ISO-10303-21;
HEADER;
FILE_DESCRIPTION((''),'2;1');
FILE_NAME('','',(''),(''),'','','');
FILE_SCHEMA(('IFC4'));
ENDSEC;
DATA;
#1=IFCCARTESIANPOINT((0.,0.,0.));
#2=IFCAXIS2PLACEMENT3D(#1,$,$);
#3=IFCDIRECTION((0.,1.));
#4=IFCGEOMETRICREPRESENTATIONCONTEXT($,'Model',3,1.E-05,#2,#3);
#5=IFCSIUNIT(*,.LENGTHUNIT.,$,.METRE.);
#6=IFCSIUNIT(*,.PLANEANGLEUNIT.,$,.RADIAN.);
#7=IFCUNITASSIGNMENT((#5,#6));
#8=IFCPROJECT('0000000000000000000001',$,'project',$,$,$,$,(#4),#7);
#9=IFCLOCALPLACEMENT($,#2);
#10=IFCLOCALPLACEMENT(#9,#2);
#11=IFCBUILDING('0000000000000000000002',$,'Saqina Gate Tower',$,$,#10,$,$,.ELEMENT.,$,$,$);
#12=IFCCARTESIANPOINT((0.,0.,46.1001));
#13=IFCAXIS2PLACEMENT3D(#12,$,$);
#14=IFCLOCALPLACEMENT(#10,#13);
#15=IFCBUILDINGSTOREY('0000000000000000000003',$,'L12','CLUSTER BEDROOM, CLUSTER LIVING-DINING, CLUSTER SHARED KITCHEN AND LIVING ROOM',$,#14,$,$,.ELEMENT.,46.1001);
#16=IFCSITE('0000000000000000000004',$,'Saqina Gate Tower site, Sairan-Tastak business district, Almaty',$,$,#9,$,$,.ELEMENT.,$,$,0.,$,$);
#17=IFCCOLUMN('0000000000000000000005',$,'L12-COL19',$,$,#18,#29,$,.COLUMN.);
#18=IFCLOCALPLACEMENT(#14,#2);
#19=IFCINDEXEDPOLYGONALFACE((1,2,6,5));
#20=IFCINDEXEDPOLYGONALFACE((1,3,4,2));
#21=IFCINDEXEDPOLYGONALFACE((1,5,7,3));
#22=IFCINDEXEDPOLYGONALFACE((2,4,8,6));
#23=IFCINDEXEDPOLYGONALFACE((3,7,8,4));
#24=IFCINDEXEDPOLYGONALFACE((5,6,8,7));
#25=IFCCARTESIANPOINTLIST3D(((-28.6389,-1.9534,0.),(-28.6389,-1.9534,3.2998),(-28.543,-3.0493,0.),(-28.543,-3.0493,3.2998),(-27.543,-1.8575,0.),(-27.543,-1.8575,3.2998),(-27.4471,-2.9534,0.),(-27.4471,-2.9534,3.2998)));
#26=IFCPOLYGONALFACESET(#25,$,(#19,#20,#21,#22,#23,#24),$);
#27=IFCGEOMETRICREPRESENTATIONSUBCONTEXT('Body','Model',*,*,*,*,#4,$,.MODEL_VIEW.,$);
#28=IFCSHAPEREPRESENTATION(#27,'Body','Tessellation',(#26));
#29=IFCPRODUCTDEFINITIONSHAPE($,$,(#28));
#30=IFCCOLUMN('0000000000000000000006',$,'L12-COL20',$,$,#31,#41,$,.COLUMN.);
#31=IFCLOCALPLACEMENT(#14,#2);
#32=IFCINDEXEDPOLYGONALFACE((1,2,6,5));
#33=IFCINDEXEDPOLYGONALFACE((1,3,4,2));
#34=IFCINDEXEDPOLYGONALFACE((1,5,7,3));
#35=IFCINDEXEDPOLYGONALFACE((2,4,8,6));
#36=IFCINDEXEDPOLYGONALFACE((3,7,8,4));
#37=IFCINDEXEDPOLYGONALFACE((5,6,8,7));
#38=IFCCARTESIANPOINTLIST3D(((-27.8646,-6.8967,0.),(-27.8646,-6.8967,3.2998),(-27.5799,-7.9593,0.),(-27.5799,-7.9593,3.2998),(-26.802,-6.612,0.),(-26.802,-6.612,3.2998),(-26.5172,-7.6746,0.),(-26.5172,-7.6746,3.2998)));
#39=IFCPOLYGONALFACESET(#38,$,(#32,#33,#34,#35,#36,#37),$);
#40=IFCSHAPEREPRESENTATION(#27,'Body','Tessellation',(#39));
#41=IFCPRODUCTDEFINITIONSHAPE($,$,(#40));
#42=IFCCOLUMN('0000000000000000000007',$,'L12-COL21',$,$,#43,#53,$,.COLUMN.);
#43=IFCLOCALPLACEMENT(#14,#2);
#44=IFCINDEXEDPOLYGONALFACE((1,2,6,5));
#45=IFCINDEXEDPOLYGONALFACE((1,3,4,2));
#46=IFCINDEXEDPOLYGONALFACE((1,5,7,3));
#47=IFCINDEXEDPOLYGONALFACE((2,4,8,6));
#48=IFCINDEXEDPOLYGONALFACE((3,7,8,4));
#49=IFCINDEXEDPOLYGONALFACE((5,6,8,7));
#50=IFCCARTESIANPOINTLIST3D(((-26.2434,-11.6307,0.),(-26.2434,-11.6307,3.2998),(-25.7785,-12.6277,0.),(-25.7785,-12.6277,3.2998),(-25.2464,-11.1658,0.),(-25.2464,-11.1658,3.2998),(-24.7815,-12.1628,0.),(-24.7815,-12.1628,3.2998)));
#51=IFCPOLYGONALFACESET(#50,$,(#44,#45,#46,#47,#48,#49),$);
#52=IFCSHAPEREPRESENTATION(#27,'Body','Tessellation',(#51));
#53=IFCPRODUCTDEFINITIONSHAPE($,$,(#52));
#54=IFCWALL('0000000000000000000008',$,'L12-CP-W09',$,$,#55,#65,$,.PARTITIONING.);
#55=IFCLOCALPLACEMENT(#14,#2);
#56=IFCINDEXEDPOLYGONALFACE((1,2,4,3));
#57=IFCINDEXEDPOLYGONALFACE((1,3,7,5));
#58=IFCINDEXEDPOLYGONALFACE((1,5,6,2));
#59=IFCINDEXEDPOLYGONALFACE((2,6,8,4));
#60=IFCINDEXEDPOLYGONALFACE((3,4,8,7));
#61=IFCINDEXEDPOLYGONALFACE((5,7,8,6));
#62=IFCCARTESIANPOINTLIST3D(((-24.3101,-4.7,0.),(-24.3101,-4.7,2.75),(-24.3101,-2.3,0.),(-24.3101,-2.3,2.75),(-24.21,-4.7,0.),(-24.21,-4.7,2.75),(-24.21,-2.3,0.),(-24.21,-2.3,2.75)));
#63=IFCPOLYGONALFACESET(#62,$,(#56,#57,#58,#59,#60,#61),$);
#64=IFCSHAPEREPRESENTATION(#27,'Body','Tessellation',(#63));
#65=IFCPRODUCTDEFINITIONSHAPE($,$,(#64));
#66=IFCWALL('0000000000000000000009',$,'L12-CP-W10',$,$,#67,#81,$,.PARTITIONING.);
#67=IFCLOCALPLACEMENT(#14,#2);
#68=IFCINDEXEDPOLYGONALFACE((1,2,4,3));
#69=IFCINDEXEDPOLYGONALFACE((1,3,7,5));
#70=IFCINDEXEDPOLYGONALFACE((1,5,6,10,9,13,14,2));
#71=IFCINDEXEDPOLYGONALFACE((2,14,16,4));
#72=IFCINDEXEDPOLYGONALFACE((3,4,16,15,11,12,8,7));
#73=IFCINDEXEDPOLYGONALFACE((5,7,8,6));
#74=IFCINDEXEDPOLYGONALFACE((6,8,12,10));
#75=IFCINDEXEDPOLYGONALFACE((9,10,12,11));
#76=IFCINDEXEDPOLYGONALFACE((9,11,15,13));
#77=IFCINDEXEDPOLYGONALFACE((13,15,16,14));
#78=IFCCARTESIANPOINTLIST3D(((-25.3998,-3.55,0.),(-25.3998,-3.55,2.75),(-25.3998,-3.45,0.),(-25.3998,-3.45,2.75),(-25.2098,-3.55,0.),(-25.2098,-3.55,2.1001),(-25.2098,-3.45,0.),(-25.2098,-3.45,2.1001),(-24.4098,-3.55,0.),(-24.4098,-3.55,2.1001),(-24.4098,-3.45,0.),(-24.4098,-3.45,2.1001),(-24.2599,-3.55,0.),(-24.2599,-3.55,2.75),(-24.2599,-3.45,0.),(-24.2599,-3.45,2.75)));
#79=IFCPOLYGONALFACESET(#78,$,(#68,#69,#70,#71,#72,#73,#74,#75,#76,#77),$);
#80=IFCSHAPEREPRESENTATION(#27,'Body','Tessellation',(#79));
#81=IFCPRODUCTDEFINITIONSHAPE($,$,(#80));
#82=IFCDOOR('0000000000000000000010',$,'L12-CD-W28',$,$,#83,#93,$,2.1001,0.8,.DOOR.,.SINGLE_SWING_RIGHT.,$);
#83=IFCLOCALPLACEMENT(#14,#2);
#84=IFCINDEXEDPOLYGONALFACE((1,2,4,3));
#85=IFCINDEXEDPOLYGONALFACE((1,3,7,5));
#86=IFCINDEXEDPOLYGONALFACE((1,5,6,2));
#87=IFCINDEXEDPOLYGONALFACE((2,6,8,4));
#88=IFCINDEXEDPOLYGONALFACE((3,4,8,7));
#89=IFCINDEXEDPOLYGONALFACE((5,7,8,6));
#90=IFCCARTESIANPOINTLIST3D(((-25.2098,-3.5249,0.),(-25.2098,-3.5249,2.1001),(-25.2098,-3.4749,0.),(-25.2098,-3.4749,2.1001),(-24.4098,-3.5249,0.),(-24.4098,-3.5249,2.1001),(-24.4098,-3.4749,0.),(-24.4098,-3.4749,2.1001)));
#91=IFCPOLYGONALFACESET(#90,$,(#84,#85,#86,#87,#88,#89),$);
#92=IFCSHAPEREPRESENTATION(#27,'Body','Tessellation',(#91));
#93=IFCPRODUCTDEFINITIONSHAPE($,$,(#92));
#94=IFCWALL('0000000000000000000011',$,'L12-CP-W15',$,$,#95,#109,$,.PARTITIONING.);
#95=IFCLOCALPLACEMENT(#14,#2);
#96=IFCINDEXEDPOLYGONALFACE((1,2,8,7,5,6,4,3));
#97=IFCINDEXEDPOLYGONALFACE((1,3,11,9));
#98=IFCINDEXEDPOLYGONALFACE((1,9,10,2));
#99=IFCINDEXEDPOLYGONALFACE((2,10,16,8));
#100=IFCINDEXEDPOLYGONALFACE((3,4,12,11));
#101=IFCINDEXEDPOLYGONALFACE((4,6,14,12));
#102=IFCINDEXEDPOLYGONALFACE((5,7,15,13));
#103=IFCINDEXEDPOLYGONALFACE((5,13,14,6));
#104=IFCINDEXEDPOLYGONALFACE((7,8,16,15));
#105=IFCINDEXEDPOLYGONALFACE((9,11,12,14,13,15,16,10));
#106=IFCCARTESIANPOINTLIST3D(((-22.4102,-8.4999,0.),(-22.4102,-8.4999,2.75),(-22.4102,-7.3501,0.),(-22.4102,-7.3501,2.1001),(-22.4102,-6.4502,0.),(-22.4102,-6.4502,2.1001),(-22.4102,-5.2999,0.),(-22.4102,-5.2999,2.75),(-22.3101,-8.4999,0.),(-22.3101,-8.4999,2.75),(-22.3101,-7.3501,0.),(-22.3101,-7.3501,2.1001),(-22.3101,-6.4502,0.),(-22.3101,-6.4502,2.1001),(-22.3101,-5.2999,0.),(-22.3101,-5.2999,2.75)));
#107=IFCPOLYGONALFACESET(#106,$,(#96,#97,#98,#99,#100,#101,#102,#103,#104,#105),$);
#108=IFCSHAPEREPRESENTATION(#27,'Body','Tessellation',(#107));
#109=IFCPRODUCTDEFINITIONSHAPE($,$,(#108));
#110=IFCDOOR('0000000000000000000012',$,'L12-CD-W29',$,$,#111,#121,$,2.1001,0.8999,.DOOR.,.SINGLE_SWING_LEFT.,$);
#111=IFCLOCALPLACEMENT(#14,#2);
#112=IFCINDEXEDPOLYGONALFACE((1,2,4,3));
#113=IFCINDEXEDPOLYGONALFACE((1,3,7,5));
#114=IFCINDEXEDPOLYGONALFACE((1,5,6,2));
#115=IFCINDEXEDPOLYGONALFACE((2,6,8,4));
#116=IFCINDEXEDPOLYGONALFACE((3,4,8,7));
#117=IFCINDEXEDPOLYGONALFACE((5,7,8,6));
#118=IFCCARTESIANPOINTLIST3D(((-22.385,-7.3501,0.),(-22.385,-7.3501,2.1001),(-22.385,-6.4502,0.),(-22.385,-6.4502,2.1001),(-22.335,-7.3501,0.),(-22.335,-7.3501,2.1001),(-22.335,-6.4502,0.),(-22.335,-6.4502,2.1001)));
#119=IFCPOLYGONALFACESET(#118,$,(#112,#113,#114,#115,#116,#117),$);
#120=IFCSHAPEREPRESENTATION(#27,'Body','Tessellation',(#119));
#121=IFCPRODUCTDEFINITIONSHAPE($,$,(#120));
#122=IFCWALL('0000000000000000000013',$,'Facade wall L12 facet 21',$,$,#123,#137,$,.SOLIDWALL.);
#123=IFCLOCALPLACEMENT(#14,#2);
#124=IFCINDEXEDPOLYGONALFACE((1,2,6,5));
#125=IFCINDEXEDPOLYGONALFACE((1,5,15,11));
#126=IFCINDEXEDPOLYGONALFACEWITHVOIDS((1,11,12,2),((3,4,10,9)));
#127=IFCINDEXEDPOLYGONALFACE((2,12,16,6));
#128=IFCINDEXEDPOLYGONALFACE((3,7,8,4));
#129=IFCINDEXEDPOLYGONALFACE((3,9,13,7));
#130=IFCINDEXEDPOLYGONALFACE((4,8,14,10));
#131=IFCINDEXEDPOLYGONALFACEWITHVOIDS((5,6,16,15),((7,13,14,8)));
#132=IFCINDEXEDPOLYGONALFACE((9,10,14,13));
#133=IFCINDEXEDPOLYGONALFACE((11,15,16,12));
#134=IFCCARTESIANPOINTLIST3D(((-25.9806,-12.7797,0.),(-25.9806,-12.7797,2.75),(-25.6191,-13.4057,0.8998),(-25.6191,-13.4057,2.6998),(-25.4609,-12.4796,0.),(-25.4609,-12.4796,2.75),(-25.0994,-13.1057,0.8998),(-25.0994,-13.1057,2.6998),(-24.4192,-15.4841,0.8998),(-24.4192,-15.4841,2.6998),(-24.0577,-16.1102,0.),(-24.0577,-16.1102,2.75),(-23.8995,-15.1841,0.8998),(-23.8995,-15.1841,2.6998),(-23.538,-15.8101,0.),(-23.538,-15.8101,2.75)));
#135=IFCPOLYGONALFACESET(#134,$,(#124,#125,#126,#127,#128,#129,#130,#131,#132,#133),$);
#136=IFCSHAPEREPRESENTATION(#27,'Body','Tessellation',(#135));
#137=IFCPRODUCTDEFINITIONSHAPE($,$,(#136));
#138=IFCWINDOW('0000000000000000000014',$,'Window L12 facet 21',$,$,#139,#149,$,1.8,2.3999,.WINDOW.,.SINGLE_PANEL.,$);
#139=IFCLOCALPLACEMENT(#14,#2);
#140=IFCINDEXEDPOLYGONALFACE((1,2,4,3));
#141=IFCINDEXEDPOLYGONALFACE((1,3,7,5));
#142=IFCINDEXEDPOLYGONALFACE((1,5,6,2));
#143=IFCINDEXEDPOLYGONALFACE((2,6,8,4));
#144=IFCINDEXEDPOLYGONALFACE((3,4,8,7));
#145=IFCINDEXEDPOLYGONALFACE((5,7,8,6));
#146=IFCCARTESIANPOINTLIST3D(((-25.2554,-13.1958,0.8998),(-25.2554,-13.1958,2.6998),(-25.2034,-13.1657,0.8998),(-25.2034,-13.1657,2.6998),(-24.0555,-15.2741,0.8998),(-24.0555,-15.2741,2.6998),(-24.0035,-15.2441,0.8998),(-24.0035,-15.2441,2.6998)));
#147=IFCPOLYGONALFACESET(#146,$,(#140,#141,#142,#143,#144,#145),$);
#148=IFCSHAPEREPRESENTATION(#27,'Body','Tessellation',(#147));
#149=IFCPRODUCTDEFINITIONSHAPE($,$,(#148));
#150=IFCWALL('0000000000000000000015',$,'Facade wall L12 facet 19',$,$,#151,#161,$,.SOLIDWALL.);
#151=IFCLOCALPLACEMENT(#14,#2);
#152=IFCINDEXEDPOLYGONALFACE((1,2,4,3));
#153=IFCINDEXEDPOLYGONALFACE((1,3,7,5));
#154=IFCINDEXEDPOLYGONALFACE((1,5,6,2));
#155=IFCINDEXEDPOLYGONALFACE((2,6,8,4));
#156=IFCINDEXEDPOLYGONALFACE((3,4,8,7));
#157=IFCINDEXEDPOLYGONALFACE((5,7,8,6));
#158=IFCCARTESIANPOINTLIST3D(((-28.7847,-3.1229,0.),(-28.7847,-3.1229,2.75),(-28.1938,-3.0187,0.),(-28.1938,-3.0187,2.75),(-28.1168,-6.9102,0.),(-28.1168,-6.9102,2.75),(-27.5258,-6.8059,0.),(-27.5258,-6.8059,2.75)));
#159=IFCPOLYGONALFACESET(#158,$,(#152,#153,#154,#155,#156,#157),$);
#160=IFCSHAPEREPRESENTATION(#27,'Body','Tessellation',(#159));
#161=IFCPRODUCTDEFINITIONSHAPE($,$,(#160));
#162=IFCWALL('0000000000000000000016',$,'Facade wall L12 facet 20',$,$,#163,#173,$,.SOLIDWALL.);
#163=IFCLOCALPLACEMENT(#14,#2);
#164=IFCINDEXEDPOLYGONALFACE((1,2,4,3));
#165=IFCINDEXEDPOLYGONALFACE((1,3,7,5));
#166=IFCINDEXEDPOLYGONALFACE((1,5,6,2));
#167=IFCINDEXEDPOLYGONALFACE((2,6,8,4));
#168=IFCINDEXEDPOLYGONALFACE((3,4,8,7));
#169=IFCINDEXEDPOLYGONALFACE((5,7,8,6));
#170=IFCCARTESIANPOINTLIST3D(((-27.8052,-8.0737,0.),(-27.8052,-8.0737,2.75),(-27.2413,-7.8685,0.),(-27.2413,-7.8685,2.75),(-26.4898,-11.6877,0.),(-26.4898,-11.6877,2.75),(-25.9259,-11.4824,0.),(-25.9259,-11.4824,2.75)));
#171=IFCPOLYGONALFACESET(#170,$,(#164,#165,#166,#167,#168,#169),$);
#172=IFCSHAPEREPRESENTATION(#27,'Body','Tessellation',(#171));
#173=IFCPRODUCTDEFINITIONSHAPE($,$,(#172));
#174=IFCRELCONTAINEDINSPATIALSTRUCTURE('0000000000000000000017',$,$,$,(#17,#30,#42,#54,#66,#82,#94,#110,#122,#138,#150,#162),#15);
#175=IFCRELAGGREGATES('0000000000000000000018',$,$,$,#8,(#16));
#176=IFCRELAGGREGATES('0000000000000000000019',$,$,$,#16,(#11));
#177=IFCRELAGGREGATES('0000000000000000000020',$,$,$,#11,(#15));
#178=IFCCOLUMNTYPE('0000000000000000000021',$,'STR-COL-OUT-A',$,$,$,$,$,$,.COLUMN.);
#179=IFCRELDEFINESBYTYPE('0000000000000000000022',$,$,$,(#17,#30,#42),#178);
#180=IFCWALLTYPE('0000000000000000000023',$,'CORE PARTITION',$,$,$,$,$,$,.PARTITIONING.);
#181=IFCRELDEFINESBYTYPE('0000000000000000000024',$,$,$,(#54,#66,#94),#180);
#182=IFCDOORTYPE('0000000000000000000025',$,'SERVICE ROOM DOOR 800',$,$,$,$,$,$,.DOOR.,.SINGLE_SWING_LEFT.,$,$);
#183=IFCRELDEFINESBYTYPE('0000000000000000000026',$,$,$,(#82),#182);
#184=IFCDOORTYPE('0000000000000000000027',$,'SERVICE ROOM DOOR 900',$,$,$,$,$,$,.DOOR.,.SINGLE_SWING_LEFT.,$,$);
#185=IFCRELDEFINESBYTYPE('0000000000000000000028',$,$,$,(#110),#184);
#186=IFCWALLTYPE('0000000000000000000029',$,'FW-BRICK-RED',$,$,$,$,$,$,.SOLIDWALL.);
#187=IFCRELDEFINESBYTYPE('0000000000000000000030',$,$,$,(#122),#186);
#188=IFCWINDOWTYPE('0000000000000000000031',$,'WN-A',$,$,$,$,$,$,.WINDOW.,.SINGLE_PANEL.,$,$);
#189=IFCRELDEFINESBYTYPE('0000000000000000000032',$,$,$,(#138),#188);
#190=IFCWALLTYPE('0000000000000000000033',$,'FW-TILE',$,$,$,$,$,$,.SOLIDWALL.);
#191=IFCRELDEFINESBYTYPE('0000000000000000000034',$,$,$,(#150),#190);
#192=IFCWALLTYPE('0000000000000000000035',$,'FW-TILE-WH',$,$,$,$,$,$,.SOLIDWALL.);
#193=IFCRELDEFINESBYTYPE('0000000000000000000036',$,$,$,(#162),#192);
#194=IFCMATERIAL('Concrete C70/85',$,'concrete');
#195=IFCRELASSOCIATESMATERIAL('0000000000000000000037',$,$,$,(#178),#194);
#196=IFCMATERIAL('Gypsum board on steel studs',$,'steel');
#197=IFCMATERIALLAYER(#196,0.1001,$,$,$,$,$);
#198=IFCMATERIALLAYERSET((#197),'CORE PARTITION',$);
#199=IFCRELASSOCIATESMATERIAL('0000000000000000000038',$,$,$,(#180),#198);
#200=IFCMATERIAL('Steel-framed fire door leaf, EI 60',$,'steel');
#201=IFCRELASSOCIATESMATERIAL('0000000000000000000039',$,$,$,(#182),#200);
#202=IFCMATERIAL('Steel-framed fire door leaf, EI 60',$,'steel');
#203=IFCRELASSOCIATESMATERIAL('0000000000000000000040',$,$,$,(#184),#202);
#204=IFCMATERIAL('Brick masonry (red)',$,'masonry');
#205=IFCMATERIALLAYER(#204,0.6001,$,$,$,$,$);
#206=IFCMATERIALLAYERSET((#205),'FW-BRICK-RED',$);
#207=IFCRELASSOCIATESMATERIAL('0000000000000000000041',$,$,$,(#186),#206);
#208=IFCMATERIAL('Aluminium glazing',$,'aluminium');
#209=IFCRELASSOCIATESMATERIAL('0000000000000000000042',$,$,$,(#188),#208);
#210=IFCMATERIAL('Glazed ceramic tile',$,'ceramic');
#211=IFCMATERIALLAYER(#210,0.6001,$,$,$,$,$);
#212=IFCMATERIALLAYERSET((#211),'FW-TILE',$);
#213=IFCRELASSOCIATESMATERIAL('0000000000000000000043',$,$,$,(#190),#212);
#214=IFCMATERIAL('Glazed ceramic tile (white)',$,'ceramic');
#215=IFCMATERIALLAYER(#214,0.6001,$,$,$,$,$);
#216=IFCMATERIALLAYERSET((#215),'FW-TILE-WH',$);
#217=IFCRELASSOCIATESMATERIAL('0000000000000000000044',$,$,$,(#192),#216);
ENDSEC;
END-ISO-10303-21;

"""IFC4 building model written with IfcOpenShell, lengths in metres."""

from ifc_helpers import new_model, si_unit, direction, frame, frame_2d, origin, origin_2d, place, context, subcontext, project, spatial, rectangle, extrude, material, layer, layer_set, material_profile, profile_set, type_object, element, fill, save


model = new_model("IFC4")

# Units and contexts
model_context = context("Model", 3, precision=1e-05, world=origin(), true_north=direction((0.0, 1.0)))
body_context = subcontext(model_context, "Body", "Model", "MODEL_VIEW")
ifc_project = project(units=[si_unit("LENGTHUNIT", "METRE"), si_unit("PLANEANGLEUNIT", "RADIAN")], contexts=[model_context])

# Site, building, storey
site_placement = place(None, origin())
site = spatial("IfcSite", under=ifc_project, at=site_placement, Name="Saqina Gate Tower site, Sairan-Tastak business district, Almaty", CompositionType="ELEMENT", RefElevation=0.0)
building_placement = place(site_placement, origin())
building = spatial("IfcBuilding", under=site, at=building_placement, Name="Saqina Gate Tower", CompositionType="ELEMENT")
storey_placement = place(building_placement, frame((0.0, 0.0, 46.1001)))
storey = spatial("IfcBuildingStorey", under=building, at=storey_placement, Name="L12", Description="CLUSTER BEDROOM, CLUSTER LIVING-DINING, CLUSTER SHARED KITCHEN AND LIVING ROOM", CompositionType="ELEMENT", Elevation=46.1001)

# Columns
ifc_material_1 = material(Name="Concrete C70/85", Category="concrete")
ifc_material_profile = material_profile(ifc_material_1, rectangle(XDim=1.1001, YDim=1.1001, at=origin_2d()), Name="RC 1100x1100")
ifc_profile_set = profile_set([ifc_material_profile], Name="Concrete C70/85")
column_type = type_object("IfcColumnType", Name="STR-COL-OUT-A", PredefinedType="COLUMN", material=ifc_profile_set)
for number, where, z_axis, x_axis, name in (
    (1, (-28.043, -2.4534, 0.0), (0.0, 0.0, 1.0), (-0.996195, -0.087156, 0.0), "L12-COL19"),
    (2, (-27.1909, -7.2856, 0.0), (0.0, 0.0, 1.0), (-0.965926, -0.258819, 0.0), "L12-COL20"),
    (3, (-25.5125, -11.8967, 0.0), (0.0, 0.0, 1.0), (-0.906308, -0.422618, 0.0), "L12-COL21"),
):
    element("IfcColumn", number, at=place(storey_placement, frame(where, z_axis=z_axis, x_axis=x_axis)), inside=storey, type_object=column_type, Name=name, PredefinedType="COLUMN", context=body_context, shape_type="SweptSolid", body=[
        extrude(rectangle(XDim=1.1001, YDim=1.1001, at=origin_2d()), origin(), (0.0, 0.0, 1.0), 3.2998),
    ])

# Wall
ifc_material_2 = material(Name="Gypsum board on steel studs", Category="steel")
ifc_layer_1 = layer(ifc_material_2, 0.1001)
ifc_layer_set_1 = layer_set([ifc_layer_1], Name="CORE PARTITION")
wall_type_1 = type_object("IfcWallType", Name="CORE PARTITION", PredefinedType="PARTITIONING", material=ifc_layer_set_1)
wall_1_placement = place(storey_placement, frame((-24.26, -4.7, 0.0), z_axis=(0.0, 0.0, 1.0), x_axis=(0.0, 1.0, 0.0)))
element("IfcWall", 4, at=wall_1_placement, inside=storey, type_object=wall_type_1, Name="L12-CP-W09", PredefinedType="PARTITIONING", context=body_context, shape_type="SweptSolid", body=[
    extrude(rectangle(XDim=2.3999, YDim=0.1001, at=frame_2d((1.2, 0.0))), origin(), (0.0, 0.0, 1.0), 2.75),
])

# Walls, openings, doors
wall_2_placement = place(storey_placement, frame((-24.26, -3.5, 0.0), z_axis=(0.0, 0.0, 1.0), x_axis=(-1.0, 0.0, 0.0)))
wall_2 = element("IfcWall", 5, at=wall_2_placement, inside=storey, type_object=wall_type_1, Name="L12-CP-W10", PredefinedType="PARTITIONING", context=body_context, shape_type="SweptSolid", body=[
    extrude(rectangle(XDim=1.1399, YDim=0.1001, at=frame_2d((0.5698, 0.0))), origin(), (0.0, 0.0, 1.0), 2.75),
])
opening_1_placement = place(wall_2_placement, frame((0.1499, 0.0, 0.0)))
opening_1 = element("IfcOpeningElement", 6, at=opening_1_placement, cuts=wall_2, PredefinedType="OPENING", context=body_context, shape_type="SweptSolid", body=[
    extrude(rectangle(XDim=0.8, YDim=2.1001, at=frame_2d((0.3999, 1.05))), frame((0.0, 0.062, 0.0), z_axis=(0.0, -1.0, 0.0), x_axis=(1.0, 0.0, 0.0)), (0.0, 0.0, 1.0), 0.124),
])
ifc_material_3 = material(Name="Steel-framed fire door leaf, EI 60", Category="steel")
door_type_1 = type_object("IfcDoorType", Name="SERVICE ROOM DOOR 800", OperationType="SINGLE_SWING_LEFT", PredefinedType="DOOR", material=ifc_material_3)
door_1_placement = place(opening_1_placement, origin())
door_1 = element("IfcDoor", 7, at=door_1_placement, inside=storey, type_object=door_type_1, Name="L12-CD-W28", OperationType="SINGLE_SWING_RIGHT", OverallHeight=2.1001, OverallWidth=0.8, PredefinedType="DOOR", context=body_context, shape_type="SweptSolid", body=[
    extrude(rectangle(XDim=0.8, YDim=2.1001, at=frame_2d((0.3999, 1.05))), frame((0.0, 0.0249, 0.0), z_axis=(0.0, -1.0, 0.0), x_axis=(1.0, 0.0, 0.0)), (0.0, 0.0, 1.0), 0.05),
])
fill(opening_1, door_1)
wall_3_placement = place(storey_placement, frame((-22.3601, -8.5, 0.0), z_axis=(0.0, 0.0, 1.0), x_axis=(0.0, 1.0, 0.0)))
wall_3 = element("IfcWall", 8, at=wall_3_placement, inside=storey, type_object=wall_type_1, Name="L12-CP-W15", PredefinedType="PARTITIONING", context=body_context, shape_type="SweptSolid", body=[
    extrude(rectangle(XDim=3.2, YDim=0.1001, at=frame_2d((1.6001, 0.0))), origin(), (0.0, 0.0, 1.0), 2.75),
])
opening_2_placement = place(wall_3_placement, frame((1.1499, 0.0, 0.0)))
opening_2 = element("IfcOpeningElement", 9, at=opening_2_placement, cuts=wall_3, PredefinedType="OPENING", context=body_context, shape_type="SweptSolid", body=[
    extrude(rectangle(XDim=0.8999, YDim=2.1001, at=frame_2d((0.45, 1.05))), frame((0.0, 0.062, 0.0), z_axis=(0.0, -1.0, 0.0), x_axis=(1.0, 0.0, 0.0)), (0.0, 0.0, 1.0), 0.124),
])
ifc_material_4 = material(Name="Steel-framed fire door leaf, EI 60", Category="steel")
door_type_2 = type_object("IfcDoorType", Name="SERVICE ROOM DOOR 900", OperationType="SINGLE_SWING_LEFT", PredefinedType="DOOR", material=ifc_material_4)
door_2_placement = place(opening_2_placement, origin())
door_2 = element("IfcDoor", 10, at=door_2_placement, inside=storey, type_object=door_type_2, Name="L12-CD-W29", OperationType="SINGLE_SWING_LEFT", OverallHeight=2.1001, OverallWidth=0.8999, PredefinedType="DOOR", context=body_context, shape_type="SweptSolid", body=[
    extrude(rectangle(XDim=0.8999, YDim=2.1001, at=frame_2d((0.45, 1.05))), frame((0.0, 0.0249, 0.0), z_axis=(0.0, -1.0, 0.0), x_axis=(1.0, 0.0, 0.0)), (0.0, 0.0, 1.0), 0.05),
])
fill(opening_2, door_2)

# Wall, opening, window
ifc_material_5 = material(Name="Brick masonry (red)", Category="masonry")
ifc_layer_2 = layer(ifc_material_5, 0.6001)
ifc_layer_set_2 = layer_set([ifc_layer_2], Name="FW-BRICK-RED")
wall_type_2 = type_object("IfcWallType", Name="FW-BRICK-RED", PredefinedType="SOLIDWALL", material=ifc_layer_set_2)
wall_4_placement = place(storey_placement, frame((-25.7207, -12.6296, 0.0), z_axis=(0.0, 0.0, 1.0), x_axis=(0.49999, -0.866031, 0.0)))
wall_4 = element("IfcWall", 11, at=wall_4_placement, inside=storey, type_object=wall_type_2, Name="Facade wall L12 facet 21", PredefinedType="SOLIDWALL", context=body_context, shape_type="SweptSolid", body=[
    extrude(rectangle(XDim=3.8457, YDim=0.6001, at=frame_2d((1.9229, 0.0))), origin(), (0.0, 0.0, 1.0), 2.75),
])
opening_3_placement = place(wall_4_placement, frame((0.7229, 0.0, 0.8999)))
opening_3 = element("IfcOpeningElement", 12, at=opening_3_placement, cuts=wall_4, PredefinedType="OPENING", context=body_context, shape_type="SweptSolid", body=[
    extrude(rectangle(XDim=2.3999, YDim=1.8, at=frame_2d((1.2, 0.8999))), frame((0.0, 0.312, 0.0), z_axis=(0.0, -1.0, 0.0), x_axis=(1.0, 0.0, 0.0)), (0.0, 0.0, 1.0), 0.624),
])
ifc_material_6 = material(Name="Aluminium glazing", Category="aluminium")
window_type = type_object("IfcWindowType", Name="WN-A", PartitioningType="SINGLE_PANEL", PredefinedType="WINDOW", material=ifc_material_6)
window_placement = place(opening_3_placement, origin())
window = element("IfcWindow", 13, at=window_placement, inside=storey, type_object=window_type, Name="Window L12 facet 21", OverallHeight=1.8, OverallWidth=2.3999, PartitioningType="SINGLE_PANEL", PredefinedType="WINDOW", context=body_context, shape_type="SweptSolid", body=[
    extrude(rectangle(XDim=2.3999, YDim=1.8, at=frame_2d((1.2, 0.8999))), frame((0.0, 0.1799, 0.0), z_axis=(0.0, -1.0, 0.0), x_axis=(1.0, 0.0, 0.0)), (0.0, 0.0, 1.0), 0.0601),
])
fill(opening_3, window)

# Walls
ifc_material_7 = material(Name="Glazed ceramic tile", Category="ceramic")
ifc_layer_3 = layer(ifc_material_7, 0.6001)
ifc_layer_set_3 = layer_set([ifc_layer_3], Name="FW-TILE")
wall_type_3 = type_object("IfcWallType", Name="FW-TILE", PredefinedType="SOLIDWALL", material=ifc_layer_set_3)
wall_5_placement = place(storey_placement, frame((-28.4893, -3.0708, 0.0), z_axis=(0.0, 0.0, 1.0), x_axis=(0.173688, -0.984801, 0.0)))
element("IfcWall", 14, at=wall_5_placement, inside=storey, type_object=wall_type_3, Name="Facade wall L12 facet 19", PredefinedType="SOLIDWALL", context=body_context, shape_type="SweptSolid", body=[
    extrude(rectangle(XDim=3.8457, YDim=0.6001, at=frame_2d((1.9229, 0.0))), origin(), (0.0, 0.0, 1.0), 2.75),
])
ifc_material_8 = material(Name="Glazed ceramic tile (white)", Category="ceramic")
ifc_layer_4 = layer(ifc_material_8, 0.6001)
ifc_layer_set_4 = layer_set([ifc_layer_4], Name="FW-TILE-WH")
wall_type_4 = type_object("IfcWallType", Name="FW-TILE-WH", PredefinedType="SOLIDWALL", material=ifc_layer_set_4)
wall_6_placement = place(storey_placement, frame((-27.5232, -7.9712, 0.0), z_axis=(0.0, 0.0, 1.0), x_axis=(0.342028, -0.93969, 0.0)))
element("IfcWall", 15, at=wall_6_placement, inside=storey, type_object=wall_type_4, Name="Facade wall L12 facet 20", PredefinedType="SOLIDWALL", context=body_context, shape_type="SweptSolid", body=[
    extrude(rectangle(XDim=3.8459, YDim=0.6001, at=frame_2d((1.9229, 0.0))), origin(), (0.0, 0.0, 1.0), 2.75),
])

save(model, "model.ifc")
